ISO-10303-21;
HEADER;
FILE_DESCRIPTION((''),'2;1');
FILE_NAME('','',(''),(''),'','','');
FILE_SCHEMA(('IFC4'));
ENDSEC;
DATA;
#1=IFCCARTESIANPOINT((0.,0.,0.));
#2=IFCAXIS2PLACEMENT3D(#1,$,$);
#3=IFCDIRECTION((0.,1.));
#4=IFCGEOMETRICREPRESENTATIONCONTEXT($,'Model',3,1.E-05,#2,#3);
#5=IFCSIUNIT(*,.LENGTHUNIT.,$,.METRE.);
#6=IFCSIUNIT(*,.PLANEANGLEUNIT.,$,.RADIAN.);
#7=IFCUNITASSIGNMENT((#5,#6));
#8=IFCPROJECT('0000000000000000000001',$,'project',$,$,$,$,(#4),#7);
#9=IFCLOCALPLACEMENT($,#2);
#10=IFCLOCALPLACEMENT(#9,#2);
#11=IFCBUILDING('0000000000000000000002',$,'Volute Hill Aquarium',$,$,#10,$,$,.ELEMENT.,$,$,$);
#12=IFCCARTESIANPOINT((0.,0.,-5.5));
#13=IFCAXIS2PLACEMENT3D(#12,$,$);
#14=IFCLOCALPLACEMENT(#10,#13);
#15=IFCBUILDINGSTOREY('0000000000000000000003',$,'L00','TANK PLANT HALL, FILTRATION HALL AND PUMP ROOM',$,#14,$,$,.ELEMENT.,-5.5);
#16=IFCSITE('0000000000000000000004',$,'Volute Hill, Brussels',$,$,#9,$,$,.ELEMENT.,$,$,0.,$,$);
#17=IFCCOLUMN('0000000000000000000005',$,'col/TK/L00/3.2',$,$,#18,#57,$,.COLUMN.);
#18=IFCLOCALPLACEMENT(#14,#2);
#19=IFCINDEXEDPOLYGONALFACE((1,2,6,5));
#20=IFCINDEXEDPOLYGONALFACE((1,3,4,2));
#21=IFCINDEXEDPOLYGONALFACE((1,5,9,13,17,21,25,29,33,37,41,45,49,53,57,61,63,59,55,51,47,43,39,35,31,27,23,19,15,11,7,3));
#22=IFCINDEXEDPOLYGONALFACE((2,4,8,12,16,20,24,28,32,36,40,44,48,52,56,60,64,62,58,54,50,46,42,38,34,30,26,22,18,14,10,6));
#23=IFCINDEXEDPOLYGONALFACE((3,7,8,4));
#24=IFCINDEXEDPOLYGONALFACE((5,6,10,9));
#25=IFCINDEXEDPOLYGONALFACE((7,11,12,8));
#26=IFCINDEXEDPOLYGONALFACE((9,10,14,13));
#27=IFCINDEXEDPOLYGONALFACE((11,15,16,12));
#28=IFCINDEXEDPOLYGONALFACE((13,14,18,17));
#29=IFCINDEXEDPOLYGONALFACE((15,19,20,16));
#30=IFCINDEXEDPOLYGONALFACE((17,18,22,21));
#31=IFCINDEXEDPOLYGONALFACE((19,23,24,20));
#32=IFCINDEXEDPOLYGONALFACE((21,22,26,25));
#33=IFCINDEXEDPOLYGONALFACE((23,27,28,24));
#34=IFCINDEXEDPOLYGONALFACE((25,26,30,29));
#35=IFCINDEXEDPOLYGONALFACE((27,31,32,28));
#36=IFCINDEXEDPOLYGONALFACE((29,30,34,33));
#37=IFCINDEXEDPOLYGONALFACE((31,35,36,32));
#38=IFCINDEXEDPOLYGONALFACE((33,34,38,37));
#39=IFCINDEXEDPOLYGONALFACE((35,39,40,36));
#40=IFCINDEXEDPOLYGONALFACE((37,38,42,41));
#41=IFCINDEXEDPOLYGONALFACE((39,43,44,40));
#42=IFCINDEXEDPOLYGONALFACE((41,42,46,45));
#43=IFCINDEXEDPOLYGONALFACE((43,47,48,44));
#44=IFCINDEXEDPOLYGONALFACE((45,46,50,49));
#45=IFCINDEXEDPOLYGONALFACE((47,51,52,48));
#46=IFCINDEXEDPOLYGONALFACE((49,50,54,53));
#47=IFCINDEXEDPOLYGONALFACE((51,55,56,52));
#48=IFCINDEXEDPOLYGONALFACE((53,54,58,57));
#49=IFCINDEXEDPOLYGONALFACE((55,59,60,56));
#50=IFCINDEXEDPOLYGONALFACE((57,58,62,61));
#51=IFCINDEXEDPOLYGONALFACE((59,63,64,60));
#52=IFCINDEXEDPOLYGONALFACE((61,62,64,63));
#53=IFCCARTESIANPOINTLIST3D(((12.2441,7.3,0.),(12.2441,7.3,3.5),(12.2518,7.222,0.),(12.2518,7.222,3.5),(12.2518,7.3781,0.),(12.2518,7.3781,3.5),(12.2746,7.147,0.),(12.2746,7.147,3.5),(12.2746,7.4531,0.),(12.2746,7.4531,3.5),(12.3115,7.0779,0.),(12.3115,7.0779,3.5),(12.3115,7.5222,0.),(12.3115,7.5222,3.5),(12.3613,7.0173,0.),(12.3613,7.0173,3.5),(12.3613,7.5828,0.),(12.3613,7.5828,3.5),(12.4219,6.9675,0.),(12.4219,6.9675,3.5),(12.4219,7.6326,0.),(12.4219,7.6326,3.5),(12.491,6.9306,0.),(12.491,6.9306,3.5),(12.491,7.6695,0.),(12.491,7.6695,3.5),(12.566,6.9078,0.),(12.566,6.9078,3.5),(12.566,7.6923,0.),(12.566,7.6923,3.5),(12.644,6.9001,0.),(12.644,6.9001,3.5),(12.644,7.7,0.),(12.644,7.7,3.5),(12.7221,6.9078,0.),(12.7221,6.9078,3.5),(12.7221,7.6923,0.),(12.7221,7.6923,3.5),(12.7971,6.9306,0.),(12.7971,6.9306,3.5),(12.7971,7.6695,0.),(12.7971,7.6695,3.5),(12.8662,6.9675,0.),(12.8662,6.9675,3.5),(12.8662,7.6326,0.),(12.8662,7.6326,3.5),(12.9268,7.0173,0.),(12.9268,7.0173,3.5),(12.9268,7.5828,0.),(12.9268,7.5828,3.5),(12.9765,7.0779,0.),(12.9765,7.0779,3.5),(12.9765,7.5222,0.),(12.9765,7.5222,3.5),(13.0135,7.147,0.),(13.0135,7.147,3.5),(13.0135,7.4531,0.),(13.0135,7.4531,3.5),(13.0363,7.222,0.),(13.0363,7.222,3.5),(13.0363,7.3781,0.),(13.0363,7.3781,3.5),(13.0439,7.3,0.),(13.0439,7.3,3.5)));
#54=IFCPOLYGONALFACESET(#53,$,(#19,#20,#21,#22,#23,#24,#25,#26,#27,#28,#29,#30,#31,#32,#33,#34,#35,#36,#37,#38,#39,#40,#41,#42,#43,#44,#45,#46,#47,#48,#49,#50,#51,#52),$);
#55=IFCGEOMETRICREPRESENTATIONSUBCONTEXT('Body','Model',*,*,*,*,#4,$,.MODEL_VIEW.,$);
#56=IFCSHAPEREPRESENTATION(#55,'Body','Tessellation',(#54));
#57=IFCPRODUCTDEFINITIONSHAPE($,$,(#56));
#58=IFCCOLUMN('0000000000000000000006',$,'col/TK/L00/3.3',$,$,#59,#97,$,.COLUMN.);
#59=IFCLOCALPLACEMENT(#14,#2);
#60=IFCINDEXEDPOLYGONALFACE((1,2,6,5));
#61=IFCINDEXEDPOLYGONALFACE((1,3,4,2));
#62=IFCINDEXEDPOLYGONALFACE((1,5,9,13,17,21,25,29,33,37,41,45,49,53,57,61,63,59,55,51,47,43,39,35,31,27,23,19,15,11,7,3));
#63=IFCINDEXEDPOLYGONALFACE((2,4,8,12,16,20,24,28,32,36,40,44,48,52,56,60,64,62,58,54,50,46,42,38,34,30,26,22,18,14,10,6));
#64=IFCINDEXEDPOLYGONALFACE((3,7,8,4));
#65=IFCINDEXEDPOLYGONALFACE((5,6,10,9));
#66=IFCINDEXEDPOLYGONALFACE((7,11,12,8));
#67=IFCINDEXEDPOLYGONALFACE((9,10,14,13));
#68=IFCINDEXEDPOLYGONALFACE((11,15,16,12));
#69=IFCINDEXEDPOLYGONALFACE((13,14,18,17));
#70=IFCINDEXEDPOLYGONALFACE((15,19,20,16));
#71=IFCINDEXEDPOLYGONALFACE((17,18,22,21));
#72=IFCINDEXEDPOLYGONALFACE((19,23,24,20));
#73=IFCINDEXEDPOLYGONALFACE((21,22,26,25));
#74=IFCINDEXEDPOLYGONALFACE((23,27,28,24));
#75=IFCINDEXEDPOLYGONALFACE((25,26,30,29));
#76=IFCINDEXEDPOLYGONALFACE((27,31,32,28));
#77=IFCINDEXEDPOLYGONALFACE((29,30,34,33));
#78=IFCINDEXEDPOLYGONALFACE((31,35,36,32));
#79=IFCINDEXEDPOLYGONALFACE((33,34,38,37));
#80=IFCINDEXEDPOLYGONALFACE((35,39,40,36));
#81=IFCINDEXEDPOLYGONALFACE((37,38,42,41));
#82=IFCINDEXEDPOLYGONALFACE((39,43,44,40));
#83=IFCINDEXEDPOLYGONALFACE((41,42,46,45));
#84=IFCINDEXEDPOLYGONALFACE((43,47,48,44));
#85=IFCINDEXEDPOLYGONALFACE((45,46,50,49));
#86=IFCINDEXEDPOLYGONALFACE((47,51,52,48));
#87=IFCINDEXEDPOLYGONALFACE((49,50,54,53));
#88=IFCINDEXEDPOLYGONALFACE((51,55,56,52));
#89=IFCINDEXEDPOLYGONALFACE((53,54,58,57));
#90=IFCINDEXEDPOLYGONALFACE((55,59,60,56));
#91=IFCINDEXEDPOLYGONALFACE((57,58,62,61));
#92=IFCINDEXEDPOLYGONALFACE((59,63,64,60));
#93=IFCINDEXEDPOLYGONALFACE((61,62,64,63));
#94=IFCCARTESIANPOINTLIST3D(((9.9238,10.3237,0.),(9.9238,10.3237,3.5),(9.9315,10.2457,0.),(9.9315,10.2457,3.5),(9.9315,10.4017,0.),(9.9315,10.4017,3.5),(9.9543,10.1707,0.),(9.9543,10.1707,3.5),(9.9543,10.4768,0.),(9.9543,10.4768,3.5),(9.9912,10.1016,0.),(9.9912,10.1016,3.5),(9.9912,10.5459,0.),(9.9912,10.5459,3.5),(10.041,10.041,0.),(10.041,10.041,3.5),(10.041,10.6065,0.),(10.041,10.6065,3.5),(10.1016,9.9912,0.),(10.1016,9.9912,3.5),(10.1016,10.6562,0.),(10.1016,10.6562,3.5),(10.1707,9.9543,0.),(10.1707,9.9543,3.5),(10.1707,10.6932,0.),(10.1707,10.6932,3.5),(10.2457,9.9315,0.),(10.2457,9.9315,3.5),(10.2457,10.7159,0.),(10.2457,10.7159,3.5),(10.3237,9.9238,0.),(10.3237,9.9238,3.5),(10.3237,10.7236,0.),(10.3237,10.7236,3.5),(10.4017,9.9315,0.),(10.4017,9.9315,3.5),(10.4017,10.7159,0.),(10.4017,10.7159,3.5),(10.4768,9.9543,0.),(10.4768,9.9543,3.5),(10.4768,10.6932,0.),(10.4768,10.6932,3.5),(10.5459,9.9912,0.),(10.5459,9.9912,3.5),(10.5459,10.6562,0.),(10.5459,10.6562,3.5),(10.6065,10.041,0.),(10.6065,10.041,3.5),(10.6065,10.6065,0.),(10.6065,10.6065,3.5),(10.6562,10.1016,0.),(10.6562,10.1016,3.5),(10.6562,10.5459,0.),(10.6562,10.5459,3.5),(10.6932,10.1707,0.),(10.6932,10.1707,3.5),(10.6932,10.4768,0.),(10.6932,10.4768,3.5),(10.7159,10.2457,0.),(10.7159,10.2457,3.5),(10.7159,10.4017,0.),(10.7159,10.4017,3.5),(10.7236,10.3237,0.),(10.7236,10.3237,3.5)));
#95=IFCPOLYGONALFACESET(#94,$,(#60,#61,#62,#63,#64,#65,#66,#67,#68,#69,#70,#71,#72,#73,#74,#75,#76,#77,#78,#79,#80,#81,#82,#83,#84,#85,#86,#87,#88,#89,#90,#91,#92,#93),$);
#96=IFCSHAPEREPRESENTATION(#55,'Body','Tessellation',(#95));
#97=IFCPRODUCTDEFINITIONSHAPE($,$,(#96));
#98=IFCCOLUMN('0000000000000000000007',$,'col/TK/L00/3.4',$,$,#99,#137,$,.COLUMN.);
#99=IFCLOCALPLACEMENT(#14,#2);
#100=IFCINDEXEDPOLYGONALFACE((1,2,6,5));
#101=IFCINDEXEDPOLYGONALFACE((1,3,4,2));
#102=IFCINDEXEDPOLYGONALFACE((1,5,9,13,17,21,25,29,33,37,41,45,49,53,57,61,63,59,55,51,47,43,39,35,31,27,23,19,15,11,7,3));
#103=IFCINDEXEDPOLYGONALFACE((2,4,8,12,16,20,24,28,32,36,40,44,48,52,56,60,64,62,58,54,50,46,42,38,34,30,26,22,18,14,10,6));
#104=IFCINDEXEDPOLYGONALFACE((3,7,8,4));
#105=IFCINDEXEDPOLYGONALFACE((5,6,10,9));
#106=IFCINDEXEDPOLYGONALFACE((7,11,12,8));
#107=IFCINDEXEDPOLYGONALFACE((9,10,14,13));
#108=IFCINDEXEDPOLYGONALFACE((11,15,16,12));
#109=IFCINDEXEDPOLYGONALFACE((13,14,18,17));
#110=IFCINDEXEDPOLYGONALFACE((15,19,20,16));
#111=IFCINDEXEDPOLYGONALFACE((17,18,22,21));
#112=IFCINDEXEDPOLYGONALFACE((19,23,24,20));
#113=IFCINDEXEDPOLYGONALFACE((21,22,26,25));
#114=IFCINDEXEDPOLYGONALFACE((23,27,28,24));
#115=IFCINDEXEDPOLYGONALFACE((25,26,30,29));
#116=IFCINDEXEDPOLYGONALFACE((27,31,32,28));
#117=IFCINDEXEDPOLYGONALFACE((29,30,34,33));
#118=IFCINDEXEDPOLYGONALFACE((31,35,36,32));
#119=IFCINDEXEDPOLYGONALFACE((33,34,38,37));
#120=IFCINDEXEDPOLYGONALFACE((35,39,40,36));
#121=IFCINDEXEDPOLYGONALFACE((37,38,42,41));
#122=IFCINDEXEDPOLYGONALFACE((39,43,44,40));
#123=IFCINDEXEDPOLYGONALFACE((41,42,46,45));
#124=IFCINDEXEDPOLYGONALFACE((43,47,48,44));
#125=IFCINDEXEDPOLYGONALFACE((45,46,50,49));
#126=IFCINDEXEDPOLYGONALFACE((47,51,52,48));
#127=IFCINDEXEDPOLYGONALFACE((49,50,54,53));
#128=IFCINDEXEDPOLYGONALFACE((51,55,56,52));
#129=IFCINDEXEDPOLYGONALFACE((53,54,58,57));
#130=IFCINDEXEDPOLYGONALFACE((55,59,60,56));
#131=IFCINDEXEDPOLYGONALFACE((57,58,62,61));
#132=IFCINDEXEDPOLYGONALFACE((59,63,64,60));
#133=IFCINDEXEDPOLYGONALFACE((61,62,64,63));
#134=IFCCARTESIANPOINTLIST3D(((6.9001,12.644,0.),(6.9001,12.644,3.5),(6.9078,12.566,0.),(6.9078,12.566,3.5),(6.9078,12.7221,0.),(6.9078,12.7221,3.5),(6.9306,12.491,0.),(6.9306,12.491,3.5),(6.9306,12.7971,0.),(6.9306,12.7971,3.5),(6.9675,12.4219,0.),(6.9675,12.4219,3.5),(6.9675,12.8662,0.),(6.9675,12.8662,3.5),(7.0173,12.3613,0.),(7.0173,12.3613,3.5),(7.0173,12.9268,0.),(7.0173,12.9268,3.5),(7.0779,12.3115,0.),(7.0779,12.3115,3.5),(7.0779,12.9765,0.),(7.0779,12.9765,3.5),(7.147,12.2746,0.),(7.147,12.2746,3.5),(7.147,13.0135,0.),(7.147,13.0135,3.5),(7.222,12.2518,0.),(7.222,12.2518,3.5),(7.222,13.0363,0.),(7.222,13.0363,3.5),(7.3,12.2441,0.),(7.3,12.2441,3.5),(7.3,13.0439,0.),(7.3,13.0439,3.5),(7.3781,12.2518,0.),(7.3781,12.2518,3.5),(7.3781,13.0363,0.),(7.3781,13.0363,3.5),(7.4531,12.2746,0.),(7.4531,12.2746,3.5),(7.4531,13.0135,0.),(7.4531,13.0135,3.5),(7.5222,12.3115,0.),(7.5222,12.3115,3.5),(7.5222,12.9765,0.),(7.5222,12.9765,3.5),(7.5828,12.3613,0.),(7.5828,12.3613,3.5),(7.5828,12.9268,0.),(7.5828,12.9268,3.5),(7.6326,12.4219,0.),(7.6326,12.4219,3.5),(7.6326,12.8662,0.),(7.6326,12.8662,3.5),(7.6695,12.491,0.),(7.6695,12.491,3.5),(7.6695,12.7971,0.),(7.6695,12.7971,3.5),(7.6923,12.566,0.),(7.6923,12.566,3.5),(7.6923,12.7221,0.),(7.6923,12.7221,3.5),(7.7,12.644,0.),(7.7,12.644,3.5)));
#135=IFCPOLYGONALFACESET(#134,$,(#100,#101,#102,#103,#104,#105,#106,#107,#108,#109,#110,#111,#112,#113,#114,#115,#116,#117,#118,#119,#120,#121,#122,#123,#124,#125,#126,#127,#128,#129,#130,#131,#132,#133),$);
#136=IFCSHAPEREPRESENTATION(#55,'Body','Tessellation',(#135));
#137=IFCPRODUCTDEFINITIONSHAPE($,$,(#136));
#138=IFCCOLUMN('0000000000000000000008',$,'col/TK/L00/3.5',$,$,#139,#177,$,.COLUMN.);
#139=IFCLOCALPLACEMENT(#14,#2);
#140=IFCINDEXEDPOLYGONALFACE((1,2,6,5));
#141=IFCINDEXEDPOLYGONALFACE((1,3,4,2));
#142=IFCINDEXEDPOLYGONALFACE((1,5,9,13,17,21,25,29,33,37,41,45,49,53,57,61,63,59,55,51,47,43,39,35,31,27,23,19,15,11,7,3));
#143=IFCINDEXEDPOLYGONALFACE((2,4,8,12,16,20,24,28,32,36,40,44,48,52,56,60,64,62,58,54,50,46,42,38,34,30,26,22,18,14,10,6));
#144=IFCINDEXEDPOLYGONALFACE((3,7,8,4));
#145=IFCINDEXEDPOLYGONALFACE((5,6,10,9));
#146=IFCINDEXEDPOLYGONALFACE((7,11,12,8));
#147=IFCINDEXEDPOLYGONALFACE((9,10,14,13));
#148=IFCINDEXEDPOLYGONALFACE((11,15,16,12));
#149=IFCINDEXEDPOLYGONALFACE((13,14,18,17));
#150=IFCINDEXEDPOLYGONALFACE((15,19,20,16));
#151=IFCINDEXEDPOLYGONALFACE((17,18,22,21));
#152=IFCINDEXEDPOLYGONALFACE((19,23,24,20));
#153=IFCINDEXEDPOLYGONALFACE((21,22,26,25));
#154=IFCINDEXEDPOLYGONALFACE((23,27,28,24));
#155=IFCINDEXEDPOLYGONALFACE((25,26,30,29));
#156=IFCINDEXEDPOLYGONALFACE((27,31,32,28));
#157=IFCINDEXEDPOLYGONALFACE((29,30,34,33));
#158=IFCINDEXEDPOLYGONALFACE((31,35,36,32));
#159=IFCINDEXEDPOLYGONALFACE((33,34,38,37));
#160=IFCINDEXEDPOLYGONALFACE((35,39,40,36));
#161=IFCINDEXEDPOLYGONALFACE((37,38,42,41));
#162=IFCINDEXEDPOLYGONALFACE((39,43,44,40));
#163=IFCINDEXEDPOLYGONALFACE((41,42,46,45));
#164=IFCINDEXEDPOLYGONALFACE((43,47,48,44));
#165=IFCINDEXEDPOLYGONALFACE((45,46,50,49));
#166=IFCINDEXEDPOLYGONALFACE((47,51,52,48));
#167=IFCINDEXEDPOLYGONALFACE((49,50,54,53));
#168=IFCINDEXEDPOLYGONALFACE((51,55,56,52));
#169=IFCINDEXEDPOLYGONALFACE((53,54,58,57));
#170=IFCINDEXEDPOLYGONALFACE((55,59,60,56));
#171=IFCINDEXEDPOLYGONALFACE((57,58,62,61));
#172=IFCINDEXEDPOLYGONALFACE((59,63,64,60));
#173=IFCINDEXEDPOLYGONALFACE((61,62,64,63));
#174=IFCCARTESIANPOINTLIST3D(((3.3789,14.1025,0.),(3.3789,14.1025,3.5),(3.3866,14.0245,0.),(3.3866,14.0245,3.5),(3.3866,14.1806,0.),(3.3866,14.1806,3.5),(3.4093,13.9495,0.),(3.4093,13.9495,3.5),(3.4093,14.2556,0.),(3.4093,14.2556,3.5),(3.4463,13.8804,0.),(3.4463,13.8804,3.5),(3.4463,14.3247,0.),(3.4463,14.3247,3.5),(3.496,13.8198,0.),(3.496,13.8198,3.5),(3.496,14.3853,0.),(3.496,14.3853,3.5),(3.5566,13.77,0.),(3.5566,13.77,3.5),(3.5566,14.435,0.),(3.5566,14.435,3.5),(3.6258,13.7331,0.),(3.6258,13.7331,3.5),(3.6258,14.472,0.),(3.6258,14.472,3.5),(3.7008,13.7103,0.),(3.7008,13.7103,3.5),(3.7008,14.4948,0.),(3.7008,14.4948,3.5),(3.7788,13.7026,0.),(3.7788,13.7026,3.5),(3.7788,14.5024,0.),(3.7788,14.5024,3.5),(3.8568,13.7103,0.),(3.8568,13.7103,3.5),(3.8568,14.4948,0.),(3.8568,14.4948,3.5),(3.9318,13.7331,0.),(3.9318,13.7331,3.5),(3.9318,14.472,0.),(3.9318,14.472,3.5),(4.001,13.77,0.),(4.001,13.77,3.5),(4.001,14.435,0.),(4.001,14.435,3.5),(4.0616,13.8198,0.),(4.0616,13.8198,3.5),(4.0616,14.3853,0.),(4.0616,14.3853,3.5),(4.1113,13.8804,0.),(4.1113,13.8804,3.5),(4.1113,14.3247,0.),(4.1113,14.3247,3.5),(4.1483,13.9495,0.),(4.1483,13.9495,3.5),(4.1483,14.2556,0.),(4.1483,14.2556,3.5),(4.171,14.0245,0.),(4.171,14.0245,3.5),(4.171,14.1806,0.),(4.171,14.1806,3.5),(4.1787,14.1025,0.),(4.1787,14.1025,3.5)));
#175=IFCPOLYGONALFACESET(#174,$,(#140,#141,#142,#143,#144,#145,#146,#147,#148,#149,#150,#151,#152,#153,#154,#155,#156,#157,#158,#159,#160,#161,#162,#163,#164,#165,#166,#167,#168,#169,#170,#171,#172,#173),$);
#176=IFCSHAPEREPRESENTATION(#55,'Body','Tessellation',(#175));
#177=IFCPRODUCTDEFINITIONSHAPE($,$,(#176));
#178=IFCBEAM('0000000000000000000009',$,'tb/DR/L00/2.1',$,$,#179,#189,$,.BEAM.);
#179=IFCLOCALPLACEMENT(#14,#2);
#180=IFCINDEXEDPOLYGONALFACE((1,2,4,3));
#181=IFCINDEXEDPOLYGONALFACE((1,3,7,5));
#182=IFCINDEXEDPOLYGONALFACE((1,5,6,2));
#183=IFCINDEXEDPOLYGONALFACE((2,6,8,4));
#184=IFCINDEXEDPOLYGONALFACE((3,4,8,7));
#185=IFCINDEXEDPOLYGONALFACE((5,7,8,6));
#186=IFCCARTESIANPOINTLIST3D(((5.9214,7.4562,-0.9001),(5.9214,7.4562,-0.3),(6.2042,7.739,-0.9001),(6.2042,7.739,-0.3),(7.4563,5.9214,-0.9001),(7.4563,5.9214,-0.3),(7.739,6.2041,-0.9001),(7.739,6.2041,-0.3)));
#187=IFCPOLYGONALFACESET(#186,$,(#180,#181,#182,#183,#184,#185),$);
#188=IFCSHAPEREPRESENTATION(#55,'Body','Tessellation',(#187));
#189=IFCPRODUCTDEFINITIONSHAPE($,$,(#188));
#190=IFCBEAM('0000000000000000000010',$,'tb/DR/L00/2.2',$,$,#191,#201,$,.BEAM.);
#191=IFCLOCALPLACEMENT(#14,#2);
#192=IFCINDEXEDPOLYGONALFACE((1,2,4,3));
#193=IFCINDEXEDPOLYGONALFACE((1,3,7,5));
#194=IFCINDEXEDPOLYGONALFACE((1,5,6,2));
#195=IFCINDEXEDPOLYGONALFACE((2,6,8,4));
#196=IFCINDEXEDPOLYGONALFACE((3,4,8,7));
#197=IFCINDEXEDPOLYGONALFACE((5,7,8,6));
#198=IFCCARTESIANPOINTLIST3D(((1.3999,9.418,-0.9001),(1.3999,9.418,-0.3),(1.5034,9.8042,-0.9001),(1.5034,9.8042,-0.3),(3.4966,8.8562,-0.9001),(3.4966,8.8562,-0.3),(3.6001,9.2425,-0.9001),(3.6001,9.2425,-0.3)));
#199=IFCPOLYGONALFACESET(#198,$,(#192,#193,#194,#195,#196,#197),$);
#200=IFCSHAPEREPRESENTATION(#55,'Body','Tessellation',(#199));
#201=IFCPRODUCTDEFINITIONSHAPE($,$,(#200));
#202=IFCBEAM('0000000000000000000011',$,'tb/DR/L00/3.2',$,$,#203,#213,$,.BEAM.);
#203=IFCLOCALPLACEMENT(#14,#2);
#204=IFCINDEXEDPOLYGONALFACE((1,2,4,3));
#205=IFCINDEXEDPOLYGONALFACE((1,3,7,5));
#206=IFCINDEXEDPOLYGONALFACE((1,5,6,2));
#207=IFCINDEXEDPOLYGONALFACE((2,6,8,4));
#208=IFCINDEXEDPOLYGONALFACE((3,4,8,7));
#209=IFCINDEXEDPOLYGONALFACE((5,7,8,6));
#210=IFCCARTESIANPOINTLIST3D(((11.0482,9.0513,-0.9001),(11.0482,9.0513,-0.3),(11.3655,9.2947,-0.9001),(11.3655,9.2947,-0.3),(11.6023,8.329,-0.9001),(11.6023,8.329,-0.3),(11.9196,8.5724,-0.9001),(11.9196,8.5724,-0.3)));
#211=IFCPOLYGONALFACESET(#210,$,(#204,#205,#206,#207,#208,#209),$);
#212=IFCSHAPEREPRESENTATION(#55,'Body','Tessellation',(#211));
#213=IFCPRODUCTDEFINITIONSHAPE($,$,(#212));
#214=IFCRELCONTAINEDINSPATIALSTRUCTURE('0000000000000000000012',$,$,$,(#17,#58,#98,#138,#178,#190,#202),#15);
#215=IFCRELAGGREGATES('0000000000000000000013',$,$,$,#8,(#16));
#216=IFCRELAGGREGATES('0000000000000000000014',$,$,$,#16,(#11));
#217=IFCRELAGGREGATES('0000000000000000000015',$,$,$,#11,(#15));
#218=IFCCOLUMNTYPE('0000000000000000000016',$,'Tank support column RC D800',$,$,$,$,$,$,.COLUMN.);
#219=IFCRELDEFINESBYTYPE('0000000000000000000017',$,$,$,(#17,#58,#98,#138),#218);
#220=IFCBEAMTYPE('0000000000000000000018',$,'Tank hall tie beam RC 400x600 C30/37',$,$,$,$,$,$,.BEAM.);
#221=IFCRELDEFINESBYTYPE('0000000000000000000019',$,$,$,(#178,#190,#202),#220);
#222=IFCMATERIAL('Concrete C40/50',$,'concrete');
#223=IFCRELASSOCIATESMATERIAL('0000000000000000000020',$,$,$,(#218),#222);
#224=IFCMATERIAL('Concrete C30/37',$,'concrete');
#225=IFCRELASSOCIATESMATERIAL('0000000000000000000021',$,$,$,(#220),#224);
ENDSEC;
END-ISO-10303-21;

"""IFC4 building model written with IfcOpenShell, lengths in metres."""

from ifc_helpers import new_model, si_unit, direction, frame, origin, origin_2d, place, context, subcontext, project, spatial, rectangle, circle, extrude, material, material_profile, profile_set, type_object, element, save


model = new_model("IFC4")

# Units and contexts
model_context = context("Model", 3, precision=1e-05, world=origin(), true_north=direction((0.0, 1.0)))
body_context = subcontext(model_context, "Body", "Model", "MODEL_VIEW")
ifc_project = project(units=[si_unit("LENGTHUNIT", "METRE"), si_unit("PLANEANGLEUNIT", "RADIAN")], contexts=[model_context])

# Site, building, storey
site_placement = place(None, origin())
site = spatial("IfcSite", under=ifc_project, at=site_placement, Name="Volute Hill, Brussels", CompositionType="ELEMENT", RefElevation=0.0)
building_placement = place(site_placement, origin())
building = spatial("IfcBuilding", under=site, at=building_placement, Name="Volute Hill Aquarium", CompositionType="ELEMENT")
storey_placement = place(building_placement, frame((0.0, 0.0, -5.5)))
storey = spatial("IfcBuildingStorey", under=building, at=storey_placement, Name="L00", Description="TANK PLANT HALL, FILTRATION HALL AND PUMP ROOM", CompositionType="ELEMENT", Elevation=-5.5)

# Columns
ifc_material_1 = material(Name="Concrete C40/50", Category="concrete")
ifc_material_profile_1 = material_profile(ifc_material_1, circle(Radius=0.3999, at=origin_2d()), Name="RC round column D800")
ifc_profile_set_1 = profile_set([ifc_material_profile_1], Name="Concrete C40/50")
column_type = type_object("IfcColumnType", Name="Tank support column RC D800", PredefinedType="COLUMN", material=ifc_profile_set_1)
for number, where, z_axis, x_axis, name in (
    (1, (12.644, 7.3, 0.0), (0.0, 0.0, 1.0), (1.0, 0.0, 0.0), "col/TK/L00/3.2"),
    (2, (10.3237, 10.3237, 0.0), (0.0, 0.0, 1.0), (1.0, 0.0, 0.0), "col/TK/L00/3.3"),
    (3, (7.3, 12.644, 0.0), (0.0, 0.0, 1.0), (1.0, 0.0, 0.0), "col/TK/L00/3.4"),
    (4, (3.7788, 14.1025, 0.0), (0.0, 0.0, 1.0), (1.0, 0.0, 0.0), "col/TK/L00/3.5"),
):
    element("IfcColumn", number, at=place(storey_placement, frame(where, z_axis=z_axis, x_axis=x_axis)), inside=storey, type_object=column_type, Name=name, PredefinedType="COLUMN", context=body_context, shape_type="SweptSolid", body=[
        extrude(circle(Radius=0.3999, at=origin_2d()), origin(), (0.0, 0.0, 1.0), 3.5),
    ])

# Beams
ifc_material_2 = material(Name="Concrete C30/37", Category="concrete")
ifc_material_profile_2 = material_profile(ifc_material_2, rectangle(XDim=0.3999, YDim=0.6001, at=origin_2d()), Name="RC tie beam 400x600")
ifc_profile_set_2 = profile_set([ifc_material_profile_2], Name="Concrete C30/37")
beam_type = type_object("IfcBeamType", Name="Tank hall tie beam RC 400x600 C30/37", PredefinedType="BEAM", material=ifc_profile_set_2)
for number, where, z_axis, x_axis, name in (
    (5, (7.5977, 6.0627, -0.6001), (-0.707107, 0.707107, 0.0), (-0.707107, -0.707107, 0.0), "tb/DR/L00/2.1"),
    (6, (3.5483, 9.0493, -0.6001), (-0.96593, 0.258804, 0.0), (-0.258804, -0.96593, 0.0), "tb/DR/L00/2.2"),
):
    element("IfcBeam", number, at=place(storey_placement, frame(where, z_axis=z_axis, x_axis=x_axis)), inside=storey, type_object=beam_type, Name=name, PredefinedType="BEAM", context=body_context, shape_type="SweptSolid", body=[
        extrude(rectangle(XDim=0.3999, YDim=0.6001, at=origin_2d()), origin(), (0.0, 0.0, 1.0), 2.1707),
    ])
for number, where, z_axis, x_axis, name in (
    (7, (11.761, 8.4507, -0.6001), (-0.608674, 0.793421, 0.0), (-0.793421, -0.608674, 0.0), "tb/DR/L00/3.2"),
):
    element("IfcBeam", number, at=place(storey_placement, frame(where, z_axis=z_axis, x_axis=x_axis)), inside=storey, type_object=beam_type, Name=name, PredefinedType="BEAM", context=body_context, shape_type="SweptSolid", body=[
        extrude(rectangle(XDim=0.3999, YDim=0.6001, at=origin_2d()), origin(), (0.0, 0.0, 1.0), 0.9104),
    ])

save(model, "model.ifc")
